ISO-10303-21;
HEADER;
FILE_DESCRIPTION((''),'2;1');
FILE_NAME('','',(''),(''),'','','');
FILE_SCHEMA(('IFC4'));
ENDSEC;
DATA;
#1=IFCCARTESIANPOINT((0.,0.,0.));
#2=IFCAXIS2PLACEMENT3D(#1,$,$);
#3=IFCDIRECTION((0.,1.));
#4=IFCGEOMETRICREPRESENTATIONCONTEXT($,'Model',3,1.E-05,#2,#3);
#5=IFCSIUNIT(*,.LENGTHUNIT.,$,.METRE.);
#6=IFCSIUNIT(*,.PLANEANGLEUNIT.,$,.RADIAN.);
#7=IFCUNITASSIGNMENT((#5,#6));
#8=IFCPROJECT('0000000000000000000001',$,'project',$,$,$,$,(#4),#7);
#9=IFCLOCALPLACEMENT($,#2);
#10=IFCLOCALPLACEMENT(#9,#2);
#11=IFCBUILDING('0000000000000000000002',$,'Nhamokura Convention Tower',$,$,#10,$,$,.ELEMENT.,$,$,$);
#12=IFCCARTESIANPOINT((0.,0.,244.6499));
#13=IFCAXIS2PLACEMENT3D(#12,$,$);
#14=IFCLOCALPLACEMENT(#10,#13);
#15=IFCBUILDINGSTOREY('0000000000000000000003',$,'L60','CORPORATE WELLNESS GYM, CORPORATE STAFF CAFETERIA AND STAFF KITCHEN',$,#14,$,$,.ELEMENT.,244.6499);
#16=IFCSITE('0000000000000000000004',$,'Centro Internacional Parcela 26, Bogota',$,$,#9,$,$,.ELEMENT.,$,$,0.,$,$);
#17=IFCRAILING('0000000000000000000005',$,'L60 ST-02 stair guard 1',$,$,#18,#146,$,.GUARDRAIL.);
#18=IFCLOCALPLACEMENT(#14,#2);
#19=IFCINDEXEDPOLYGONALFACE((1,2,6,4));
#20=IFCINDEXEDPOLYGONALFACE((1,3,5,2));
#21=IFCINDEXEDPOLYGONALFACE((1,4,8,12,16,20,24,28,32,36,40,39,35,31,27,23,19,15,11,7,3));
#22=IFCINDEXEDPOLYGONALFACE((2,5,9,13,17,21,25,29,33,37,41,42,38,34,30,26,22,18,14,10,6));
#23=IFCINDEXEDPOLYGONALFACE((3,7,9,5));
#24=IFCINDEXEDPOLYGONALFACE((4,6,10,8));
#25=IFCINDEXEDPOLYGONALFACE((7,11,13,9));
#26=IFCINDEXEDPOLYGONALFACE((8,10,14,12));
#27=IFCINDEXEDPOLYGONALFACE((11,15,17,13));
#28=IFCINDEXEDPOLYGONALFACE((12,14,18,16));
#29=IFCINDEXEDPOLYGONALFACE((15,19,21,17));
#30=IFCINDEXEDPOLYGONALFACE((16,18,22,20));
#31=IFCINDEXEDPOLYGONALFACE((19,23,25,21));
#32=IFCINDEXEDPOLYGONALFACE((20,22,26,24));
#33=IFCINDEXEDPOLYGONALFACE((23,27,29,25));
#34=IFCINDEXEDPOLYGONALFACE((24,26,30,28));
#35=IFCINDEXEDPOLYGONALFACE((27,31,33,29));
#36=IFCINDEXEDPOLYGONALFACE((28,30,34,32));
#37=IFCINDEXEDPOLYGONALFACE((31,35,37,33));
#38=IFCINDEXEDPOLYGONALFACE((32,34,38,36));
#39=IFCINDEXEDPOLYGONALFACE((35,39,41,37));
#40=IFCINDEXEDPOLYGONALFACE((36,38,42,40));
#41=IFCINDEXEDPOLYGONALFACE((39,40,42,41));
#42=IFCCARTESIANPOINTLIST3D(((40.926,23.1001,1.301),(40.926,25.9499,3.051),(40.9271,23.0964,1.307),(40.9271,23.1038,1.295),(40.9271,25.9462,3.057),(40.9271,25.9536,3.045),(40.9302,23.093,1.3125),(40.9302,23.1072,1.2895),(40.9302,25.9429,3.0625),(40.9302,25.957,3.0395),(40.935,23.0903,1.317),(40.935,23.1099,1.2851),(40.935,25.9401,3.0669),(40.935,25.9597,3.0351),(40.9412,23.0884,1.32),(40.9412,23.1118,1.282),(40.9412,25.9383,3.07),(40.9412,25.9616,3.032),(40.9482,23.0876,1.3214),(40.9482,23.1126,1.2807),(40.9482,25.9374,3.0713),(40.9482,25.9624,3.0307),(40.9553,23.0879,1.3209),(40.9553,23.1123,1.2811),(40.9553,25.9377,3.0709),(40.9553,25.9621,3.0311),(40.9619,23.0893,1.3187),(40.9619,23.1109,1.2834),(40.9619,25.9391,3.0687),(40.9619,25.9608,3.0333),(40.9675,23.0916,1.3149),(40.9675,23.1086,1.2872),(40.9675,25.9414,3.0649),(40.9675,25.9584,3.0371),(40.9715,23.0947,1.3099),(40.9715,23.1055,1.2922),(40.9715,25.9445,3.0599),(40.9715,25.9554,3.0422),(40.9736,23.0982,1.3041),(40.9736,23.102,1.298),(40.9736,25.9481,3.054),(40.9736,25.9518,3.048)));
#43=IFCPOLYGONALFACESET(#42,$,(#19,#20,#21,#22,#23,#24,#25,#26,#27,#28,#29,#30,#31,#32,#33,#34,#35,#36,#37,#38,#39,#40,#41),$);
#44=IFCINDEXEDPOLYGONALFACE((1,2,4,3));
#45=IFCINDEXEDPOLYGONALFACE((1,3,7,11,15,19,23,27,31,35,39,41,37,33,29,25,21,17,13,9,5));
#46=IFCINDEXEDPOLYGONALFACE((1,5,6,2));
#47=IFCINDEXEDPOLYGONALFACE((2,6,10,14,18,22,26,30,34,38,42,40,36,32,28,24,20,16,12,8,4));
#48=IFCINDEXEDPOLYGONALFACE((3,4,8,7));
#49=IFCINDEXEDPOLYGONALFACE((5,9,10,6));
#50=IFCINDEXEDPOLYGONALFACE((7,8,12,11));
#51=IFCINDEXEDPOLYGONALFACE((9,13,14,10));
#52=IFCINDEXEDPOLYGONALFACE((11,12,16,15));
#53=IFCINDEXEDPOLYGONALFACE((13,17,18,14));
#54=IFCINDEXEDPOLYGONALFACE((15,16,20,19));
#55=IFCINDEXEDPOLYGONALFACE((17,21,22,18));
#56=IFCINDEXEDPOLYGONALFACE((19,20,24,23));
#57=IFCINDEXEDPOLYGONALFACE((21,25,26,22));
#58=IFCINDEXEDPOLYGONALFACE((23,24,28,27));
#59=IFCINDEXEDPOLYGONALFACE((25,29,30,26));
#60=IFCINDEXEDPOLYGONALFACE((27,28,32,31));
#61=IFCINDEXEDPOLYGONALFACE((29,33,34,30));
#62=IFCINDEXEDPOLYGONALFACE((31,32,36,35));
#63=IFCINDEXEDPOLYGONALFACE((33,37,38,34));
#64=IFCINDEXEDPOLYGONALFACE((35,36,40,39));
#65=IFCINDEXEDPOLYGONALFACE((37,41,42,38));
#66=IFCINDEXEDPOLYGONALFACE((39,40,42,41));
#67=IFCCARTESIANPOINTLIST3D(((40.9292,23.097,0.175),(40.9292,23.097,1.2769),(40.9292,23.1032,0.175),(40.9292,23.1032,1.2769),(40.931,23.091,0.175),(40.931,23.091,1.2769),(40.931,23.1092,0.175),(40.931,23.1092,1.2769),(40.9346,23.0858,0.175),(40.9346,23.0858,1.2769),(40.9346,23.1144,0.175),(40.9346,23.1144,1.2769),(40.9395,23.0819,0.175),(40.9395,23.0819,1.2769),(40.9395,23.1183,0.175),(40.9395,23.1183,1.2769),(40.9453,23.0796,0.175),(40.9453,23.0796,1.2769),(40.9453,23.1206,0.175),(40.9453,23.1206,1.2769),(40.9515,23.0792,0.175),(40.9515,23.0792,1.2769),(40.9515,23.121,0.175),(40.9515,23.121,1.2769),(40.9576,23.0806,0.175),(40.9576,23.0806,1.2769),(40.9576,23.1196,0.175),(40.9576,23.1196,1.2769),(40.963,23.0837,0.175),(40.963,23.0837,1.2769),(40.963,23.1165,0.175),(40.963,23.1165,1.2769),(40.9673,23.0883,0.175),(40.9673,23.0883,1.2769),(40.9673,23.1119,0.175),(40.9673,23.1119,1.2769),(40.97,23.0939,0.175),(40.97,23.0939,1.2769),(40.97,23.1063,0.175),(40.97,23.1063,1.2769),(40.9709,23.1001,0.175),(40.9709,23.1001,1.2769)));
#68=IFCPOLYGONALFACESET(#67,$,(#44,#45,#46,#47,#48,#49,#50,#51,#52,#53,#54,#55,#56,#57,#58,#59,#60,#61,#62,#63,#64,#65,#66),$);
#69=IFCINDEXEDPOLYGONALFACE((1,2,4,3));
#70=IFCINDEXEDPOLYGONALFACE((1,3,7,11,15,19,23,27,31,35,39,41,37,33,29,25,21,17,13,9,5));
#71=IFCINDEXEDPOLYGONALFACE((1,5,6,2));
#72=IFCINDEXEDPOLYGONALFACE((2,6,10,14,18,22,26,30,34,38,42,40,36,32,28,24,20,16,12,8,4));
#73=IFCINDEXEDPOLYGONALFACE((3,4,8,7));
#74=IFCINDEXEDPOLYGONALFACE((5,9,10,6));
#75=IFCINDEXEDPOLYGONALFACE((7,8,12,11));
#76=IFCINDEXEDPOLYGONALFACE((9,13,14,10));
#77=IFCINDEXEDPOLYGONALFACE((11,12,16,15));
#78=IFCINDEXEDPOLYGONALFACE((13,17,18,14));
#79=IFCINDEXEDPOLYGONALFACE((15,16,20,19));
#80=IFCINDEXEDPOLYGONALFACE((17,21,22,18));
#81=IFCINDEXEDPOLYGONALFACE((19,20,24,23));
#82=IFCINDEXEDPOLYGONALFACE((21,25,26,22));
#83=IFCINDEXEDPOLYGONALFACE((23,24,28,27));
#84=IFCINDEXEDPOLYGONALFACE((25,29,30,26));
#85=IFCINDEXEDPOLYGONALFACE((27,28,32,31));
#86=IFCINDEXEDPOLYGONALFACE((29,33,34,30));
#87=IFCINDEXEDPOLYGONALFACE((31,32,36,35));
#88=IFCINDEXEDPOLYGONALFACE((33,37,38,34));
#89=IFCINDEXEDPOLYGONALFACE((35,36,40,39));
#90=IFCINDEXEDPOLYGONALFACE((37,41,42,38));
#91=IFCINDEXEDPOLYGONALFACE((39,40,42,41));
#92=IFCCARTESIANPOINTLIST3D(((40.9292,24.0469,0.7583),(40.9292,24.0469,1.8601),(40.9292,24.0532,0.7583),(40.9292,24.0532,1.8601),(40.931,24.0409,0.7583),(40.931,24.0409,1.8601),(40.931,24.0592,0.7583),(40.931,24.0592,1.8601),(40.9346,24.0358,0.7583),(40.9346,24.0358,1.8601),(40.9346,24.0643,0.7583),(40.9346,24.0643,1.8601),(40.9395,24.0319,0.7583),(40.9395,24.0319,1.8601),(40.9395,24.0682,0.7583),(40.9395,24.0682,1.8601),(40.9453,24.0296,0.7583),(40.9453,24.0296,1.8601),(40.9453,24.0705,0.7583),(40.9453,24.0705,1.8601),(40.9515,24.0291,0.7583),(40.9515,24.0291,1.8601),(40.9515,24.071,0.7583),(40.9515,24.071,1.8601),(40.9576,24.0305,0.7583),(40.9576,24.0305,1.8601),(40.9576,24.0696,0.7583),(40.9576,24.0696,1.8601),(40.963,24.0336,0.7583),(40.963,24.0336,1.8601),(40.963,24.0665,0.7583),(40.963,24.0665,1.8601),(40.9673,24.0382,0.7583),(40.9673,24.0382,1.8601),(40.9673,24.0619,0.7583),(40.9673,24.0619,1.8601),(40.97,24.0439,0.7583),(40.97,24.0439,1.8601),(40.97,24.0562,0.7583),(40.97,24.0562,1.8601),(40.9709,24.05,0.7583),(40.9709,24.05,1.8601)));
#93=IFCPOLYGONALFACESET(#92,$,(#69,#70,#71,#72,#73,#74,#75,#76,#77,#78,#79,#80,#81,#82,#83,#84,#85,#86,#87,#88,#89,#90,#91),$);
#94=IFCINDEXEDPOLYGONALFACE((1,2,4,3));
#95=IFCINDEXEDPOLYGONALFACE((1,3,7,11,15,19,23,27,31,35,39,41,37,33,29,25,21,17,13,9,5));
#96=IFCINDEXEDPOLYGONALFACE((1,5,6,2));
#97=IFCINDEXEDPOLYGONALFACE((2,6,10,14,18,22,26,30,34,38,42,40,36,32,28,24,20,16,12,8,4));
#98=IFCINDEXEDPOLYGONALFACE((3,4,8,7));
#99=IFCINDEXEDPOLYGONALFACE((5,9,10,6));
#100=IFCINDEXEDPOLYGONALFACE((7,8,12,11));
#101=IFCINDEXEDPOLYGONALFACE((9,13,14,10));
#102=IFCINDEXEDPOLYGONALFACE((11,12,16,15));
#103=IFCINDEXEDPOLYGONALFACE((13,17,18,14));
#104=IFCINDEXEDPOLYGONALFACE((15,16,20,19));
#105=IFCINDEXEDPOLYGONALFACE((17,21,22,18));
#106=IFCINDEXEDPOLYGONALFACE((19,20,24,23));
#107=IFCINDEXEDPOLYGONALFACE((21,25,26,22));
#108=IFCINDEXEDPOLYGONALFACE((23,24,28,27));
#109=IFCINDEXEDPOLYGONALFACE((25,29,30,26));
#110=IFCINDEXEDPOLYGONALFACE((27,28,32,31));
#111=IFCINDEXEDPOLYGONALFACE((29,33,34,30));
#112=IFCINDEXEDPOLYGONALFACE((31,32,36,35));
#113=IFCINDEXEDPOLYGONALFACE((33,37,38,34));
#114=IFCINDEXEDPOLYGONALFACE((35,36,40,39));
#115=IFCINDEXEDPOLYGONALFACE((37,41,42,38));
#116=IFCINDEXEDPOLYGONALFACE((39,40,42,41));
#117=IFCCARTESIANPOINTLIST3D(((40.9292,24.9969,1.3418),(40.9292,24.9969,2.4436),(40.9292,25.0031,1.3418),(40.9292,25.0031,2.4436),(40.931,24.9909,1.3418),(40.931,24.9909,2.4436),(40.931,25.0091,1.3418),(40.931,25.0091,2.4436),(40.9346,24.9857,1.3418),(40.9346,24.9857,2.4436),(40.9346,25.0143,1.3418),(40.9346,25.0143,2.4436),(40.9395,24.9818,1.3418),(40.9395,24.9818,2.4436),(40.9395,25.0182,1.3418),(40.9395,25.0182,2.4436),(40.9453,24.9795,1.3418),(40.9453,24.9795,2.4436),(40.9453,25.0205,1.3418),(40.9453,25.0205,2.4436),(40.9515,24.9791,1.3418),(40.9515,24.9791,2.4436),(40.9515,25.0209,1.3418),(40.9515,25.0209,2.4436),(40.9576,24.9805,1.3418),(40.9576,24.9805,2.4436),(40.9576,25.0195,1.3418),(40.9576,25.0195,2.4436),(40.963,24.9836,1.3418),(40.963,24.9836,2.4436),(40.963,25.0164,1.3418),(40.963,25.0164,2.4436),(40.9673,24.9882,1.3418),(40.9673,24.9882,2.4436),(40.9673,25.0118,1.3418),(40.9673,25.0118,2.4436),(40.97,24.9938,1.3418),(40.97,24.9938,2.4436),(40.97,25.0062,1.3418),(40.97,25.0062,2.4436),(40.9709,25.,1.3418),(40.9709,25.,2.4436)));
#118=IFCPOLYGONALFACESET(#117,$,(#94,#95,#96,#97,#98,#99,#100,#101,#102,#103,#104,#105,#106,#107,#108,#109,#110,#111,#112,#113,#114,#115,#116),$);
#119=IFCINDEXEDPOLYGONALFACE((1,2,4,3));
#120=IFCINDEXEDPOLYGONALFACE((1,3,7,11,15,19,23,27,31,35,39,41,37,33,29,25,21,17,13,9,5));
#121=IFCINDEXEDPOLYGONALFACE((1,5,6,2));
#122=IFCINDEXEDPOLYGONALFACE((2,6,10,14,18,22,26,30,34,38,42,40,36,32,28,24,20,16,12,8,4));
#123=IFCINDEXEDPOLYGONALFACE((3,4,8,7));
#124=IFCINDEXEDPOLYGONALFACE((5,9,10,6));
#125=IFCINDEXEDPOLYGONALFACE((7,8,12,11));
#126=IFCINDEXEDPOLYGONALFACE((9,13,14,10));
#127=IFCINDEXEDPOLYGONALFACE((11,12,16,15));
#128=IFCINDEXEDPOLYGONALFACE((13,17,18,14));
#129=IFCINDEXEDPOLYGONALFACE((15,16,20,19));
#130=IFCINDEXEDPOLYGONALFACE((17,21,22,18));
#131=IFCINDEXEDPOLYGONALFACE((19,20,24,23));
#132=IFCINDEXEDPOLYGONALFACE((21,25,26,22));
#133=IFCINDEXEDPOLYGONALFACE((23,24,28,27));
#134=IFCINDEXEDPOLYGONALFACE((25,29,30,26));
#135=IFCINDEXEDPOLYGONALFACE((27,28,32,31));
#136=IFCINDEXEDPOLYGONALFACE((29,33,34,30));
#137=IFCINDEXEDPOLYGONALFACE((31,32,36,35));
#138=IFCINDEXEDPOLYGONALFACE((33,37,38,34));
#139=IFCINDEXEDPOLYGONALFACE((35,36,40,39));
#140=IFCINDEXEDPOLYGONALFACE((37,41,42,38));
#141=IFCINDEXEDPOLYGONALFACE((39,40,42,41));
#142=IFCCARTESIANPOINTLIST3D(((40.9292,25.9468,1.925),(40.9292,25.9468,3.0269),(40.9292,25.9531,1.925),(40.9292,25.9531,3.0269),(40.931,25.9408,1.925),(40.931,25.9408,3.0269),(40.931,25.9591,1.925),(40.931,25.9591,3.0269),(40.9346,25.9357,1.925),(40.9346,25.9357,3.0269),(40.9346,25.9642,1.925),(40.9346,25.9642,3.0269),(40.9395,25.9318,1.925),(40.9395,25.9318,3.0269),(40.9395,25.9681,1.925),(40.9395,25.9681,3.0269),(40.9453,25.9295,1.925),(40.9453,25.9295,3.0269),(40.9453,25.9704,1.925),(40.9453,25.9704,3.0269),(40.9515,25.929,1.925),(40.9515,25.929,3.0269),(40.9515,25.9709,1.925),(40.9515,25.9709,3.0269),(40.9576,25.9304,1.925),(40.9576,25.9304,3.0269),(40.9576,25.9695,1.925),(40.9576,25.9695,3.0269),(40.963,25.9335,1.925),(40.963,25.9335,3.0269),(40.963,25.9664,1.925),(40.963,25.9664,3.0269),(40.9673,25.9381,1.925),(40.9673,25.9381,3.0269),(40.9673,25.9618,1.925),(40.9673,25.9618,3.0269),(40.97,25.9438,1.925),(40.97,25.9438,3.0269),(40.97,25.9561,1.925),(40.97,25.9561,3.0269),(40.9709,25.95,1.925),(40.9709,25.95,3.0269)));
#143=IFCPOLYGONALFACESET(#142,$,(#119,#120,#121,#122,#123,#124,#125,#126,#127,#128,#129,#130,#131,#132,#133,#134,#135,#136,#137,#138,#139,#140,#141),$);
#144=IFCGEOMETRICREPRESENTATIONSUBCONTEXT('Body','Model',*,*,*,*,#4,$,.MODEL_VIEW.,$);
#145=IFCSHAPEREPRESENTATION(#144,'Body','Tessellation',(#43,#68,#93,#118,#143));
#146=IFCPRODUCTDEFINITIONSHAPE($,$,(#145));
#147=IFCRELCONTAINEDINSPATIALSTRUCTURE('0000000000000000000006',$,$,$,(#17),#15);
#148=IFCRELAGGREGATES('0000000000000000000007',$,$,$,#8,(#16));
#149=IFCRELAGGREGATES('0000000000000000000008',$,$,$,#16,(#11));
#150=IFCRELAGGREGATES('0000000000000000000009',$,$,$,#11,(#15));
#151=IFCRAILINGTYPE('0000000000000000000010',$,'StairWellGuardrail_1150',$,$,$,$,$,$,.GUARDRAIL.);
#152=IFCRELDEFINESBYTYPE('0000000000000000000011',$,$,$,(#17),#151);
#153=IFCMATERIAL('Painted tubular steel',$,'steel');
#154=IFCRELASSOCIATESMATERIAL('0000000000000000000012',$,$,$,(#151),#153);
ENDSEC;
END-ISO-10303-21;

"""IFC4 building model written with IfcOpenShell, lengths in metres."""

from ifc_helpers import new_model, si_unit, direction, frame, origin, origin_2d, place, context, subcontext, project, spatial, circle, extrude, material, type_object, element, save


model = new_model("IFC4")

# Units and contexts
model_context = context("Model", 3, precision=1e-05, world=origin(), true_north=direction((0.0, 1.0)))
body_context = subcontext(model_context, "Body", "Model", "MODEL_VIEW")
ifc_project = project(units=[si_unit("LENGTHUNIT", "METRE"), si_unit("PLANEANGLEUNIT", "RADIAN")], contexts=[model_context])

# Site, building, storey
site_placement = place(None, origin())
site = spatial("IfcSite", under=ifc_project, at=site_placement, Name="Centro Internacional Parcela 26, Bogota", CompositionType="ELEMENT", RefElevation=0.0)
building_placement = place(site_placement, origin())
building = spatial("IfcBuilding", under=site, at=building_placement, Name="Nhamokura Convention Tower", CompositionType="ELEMENT")
storey_placement = place(building_placement, frame((0.0, 0.0, 244.6499)))
storey = spatial("IfcBuildingStorey", under=building, at=storey_placement, Name="L60", Description="CORPORATE WELLNESS GYM, CORPORATE STAFF CAFETERIA AND STAFF KITCHEN", CompositionType="ELEMENT", Elevation=244.6499)

# Railing
ifc_material_1 = material(Name="Painted tubular steel", Category="steel")
railing_type_1 = type_object("IfcRailingType", Name="StairWellGuardrail_1150", PredefinedType="GUARDRAIL", material=ifc_material_1)
railing_1_placement = place(storey_placement, frame((40.95, 23.1001, 0.175)))
element("IfcRailing", 1, at=railing_1_placement, inside=storey, type_object=railing_type_1, Name="L60 ST-02 stair guard 1", PredefinedType="GUARDRAIL", context=body_context, shape_type="SweptSolid", body=[
    extrude(circle(Radius=0.0239, at=origin_2d()), frame((0.0, 0.0, 1.126), z_axis=(0.0, 0.852159, 0.523283), x_axis=(-1.0, 0.0, 0.0)), (0.0, 0.0, 1.0), 3.3442),
    extrude(circle(Radius=0.021, at=origin_2d()), origin(), (0.0, 0.0, 1.0), 1.1018),
    extrude(circle(Radius=0.021, at=origin_2d()), frame((0.0, 0.95, 0.5833)), (0.0, 0.0, 1.0), 1.1018),
    extrude(circle(Radius=0.021, at=origin_2d()), frame((0.0, 1.8999, 1.1667)), (0.0, 0.0, 1.0), 1.1018),
    extrude(circle(Radius=0.021, at=origin_2d()), frame((0.0, 2.8499, 1.75)), (0.0, 0.0, 1.0), 1.1018),
])

save(model, "model.ifc")
